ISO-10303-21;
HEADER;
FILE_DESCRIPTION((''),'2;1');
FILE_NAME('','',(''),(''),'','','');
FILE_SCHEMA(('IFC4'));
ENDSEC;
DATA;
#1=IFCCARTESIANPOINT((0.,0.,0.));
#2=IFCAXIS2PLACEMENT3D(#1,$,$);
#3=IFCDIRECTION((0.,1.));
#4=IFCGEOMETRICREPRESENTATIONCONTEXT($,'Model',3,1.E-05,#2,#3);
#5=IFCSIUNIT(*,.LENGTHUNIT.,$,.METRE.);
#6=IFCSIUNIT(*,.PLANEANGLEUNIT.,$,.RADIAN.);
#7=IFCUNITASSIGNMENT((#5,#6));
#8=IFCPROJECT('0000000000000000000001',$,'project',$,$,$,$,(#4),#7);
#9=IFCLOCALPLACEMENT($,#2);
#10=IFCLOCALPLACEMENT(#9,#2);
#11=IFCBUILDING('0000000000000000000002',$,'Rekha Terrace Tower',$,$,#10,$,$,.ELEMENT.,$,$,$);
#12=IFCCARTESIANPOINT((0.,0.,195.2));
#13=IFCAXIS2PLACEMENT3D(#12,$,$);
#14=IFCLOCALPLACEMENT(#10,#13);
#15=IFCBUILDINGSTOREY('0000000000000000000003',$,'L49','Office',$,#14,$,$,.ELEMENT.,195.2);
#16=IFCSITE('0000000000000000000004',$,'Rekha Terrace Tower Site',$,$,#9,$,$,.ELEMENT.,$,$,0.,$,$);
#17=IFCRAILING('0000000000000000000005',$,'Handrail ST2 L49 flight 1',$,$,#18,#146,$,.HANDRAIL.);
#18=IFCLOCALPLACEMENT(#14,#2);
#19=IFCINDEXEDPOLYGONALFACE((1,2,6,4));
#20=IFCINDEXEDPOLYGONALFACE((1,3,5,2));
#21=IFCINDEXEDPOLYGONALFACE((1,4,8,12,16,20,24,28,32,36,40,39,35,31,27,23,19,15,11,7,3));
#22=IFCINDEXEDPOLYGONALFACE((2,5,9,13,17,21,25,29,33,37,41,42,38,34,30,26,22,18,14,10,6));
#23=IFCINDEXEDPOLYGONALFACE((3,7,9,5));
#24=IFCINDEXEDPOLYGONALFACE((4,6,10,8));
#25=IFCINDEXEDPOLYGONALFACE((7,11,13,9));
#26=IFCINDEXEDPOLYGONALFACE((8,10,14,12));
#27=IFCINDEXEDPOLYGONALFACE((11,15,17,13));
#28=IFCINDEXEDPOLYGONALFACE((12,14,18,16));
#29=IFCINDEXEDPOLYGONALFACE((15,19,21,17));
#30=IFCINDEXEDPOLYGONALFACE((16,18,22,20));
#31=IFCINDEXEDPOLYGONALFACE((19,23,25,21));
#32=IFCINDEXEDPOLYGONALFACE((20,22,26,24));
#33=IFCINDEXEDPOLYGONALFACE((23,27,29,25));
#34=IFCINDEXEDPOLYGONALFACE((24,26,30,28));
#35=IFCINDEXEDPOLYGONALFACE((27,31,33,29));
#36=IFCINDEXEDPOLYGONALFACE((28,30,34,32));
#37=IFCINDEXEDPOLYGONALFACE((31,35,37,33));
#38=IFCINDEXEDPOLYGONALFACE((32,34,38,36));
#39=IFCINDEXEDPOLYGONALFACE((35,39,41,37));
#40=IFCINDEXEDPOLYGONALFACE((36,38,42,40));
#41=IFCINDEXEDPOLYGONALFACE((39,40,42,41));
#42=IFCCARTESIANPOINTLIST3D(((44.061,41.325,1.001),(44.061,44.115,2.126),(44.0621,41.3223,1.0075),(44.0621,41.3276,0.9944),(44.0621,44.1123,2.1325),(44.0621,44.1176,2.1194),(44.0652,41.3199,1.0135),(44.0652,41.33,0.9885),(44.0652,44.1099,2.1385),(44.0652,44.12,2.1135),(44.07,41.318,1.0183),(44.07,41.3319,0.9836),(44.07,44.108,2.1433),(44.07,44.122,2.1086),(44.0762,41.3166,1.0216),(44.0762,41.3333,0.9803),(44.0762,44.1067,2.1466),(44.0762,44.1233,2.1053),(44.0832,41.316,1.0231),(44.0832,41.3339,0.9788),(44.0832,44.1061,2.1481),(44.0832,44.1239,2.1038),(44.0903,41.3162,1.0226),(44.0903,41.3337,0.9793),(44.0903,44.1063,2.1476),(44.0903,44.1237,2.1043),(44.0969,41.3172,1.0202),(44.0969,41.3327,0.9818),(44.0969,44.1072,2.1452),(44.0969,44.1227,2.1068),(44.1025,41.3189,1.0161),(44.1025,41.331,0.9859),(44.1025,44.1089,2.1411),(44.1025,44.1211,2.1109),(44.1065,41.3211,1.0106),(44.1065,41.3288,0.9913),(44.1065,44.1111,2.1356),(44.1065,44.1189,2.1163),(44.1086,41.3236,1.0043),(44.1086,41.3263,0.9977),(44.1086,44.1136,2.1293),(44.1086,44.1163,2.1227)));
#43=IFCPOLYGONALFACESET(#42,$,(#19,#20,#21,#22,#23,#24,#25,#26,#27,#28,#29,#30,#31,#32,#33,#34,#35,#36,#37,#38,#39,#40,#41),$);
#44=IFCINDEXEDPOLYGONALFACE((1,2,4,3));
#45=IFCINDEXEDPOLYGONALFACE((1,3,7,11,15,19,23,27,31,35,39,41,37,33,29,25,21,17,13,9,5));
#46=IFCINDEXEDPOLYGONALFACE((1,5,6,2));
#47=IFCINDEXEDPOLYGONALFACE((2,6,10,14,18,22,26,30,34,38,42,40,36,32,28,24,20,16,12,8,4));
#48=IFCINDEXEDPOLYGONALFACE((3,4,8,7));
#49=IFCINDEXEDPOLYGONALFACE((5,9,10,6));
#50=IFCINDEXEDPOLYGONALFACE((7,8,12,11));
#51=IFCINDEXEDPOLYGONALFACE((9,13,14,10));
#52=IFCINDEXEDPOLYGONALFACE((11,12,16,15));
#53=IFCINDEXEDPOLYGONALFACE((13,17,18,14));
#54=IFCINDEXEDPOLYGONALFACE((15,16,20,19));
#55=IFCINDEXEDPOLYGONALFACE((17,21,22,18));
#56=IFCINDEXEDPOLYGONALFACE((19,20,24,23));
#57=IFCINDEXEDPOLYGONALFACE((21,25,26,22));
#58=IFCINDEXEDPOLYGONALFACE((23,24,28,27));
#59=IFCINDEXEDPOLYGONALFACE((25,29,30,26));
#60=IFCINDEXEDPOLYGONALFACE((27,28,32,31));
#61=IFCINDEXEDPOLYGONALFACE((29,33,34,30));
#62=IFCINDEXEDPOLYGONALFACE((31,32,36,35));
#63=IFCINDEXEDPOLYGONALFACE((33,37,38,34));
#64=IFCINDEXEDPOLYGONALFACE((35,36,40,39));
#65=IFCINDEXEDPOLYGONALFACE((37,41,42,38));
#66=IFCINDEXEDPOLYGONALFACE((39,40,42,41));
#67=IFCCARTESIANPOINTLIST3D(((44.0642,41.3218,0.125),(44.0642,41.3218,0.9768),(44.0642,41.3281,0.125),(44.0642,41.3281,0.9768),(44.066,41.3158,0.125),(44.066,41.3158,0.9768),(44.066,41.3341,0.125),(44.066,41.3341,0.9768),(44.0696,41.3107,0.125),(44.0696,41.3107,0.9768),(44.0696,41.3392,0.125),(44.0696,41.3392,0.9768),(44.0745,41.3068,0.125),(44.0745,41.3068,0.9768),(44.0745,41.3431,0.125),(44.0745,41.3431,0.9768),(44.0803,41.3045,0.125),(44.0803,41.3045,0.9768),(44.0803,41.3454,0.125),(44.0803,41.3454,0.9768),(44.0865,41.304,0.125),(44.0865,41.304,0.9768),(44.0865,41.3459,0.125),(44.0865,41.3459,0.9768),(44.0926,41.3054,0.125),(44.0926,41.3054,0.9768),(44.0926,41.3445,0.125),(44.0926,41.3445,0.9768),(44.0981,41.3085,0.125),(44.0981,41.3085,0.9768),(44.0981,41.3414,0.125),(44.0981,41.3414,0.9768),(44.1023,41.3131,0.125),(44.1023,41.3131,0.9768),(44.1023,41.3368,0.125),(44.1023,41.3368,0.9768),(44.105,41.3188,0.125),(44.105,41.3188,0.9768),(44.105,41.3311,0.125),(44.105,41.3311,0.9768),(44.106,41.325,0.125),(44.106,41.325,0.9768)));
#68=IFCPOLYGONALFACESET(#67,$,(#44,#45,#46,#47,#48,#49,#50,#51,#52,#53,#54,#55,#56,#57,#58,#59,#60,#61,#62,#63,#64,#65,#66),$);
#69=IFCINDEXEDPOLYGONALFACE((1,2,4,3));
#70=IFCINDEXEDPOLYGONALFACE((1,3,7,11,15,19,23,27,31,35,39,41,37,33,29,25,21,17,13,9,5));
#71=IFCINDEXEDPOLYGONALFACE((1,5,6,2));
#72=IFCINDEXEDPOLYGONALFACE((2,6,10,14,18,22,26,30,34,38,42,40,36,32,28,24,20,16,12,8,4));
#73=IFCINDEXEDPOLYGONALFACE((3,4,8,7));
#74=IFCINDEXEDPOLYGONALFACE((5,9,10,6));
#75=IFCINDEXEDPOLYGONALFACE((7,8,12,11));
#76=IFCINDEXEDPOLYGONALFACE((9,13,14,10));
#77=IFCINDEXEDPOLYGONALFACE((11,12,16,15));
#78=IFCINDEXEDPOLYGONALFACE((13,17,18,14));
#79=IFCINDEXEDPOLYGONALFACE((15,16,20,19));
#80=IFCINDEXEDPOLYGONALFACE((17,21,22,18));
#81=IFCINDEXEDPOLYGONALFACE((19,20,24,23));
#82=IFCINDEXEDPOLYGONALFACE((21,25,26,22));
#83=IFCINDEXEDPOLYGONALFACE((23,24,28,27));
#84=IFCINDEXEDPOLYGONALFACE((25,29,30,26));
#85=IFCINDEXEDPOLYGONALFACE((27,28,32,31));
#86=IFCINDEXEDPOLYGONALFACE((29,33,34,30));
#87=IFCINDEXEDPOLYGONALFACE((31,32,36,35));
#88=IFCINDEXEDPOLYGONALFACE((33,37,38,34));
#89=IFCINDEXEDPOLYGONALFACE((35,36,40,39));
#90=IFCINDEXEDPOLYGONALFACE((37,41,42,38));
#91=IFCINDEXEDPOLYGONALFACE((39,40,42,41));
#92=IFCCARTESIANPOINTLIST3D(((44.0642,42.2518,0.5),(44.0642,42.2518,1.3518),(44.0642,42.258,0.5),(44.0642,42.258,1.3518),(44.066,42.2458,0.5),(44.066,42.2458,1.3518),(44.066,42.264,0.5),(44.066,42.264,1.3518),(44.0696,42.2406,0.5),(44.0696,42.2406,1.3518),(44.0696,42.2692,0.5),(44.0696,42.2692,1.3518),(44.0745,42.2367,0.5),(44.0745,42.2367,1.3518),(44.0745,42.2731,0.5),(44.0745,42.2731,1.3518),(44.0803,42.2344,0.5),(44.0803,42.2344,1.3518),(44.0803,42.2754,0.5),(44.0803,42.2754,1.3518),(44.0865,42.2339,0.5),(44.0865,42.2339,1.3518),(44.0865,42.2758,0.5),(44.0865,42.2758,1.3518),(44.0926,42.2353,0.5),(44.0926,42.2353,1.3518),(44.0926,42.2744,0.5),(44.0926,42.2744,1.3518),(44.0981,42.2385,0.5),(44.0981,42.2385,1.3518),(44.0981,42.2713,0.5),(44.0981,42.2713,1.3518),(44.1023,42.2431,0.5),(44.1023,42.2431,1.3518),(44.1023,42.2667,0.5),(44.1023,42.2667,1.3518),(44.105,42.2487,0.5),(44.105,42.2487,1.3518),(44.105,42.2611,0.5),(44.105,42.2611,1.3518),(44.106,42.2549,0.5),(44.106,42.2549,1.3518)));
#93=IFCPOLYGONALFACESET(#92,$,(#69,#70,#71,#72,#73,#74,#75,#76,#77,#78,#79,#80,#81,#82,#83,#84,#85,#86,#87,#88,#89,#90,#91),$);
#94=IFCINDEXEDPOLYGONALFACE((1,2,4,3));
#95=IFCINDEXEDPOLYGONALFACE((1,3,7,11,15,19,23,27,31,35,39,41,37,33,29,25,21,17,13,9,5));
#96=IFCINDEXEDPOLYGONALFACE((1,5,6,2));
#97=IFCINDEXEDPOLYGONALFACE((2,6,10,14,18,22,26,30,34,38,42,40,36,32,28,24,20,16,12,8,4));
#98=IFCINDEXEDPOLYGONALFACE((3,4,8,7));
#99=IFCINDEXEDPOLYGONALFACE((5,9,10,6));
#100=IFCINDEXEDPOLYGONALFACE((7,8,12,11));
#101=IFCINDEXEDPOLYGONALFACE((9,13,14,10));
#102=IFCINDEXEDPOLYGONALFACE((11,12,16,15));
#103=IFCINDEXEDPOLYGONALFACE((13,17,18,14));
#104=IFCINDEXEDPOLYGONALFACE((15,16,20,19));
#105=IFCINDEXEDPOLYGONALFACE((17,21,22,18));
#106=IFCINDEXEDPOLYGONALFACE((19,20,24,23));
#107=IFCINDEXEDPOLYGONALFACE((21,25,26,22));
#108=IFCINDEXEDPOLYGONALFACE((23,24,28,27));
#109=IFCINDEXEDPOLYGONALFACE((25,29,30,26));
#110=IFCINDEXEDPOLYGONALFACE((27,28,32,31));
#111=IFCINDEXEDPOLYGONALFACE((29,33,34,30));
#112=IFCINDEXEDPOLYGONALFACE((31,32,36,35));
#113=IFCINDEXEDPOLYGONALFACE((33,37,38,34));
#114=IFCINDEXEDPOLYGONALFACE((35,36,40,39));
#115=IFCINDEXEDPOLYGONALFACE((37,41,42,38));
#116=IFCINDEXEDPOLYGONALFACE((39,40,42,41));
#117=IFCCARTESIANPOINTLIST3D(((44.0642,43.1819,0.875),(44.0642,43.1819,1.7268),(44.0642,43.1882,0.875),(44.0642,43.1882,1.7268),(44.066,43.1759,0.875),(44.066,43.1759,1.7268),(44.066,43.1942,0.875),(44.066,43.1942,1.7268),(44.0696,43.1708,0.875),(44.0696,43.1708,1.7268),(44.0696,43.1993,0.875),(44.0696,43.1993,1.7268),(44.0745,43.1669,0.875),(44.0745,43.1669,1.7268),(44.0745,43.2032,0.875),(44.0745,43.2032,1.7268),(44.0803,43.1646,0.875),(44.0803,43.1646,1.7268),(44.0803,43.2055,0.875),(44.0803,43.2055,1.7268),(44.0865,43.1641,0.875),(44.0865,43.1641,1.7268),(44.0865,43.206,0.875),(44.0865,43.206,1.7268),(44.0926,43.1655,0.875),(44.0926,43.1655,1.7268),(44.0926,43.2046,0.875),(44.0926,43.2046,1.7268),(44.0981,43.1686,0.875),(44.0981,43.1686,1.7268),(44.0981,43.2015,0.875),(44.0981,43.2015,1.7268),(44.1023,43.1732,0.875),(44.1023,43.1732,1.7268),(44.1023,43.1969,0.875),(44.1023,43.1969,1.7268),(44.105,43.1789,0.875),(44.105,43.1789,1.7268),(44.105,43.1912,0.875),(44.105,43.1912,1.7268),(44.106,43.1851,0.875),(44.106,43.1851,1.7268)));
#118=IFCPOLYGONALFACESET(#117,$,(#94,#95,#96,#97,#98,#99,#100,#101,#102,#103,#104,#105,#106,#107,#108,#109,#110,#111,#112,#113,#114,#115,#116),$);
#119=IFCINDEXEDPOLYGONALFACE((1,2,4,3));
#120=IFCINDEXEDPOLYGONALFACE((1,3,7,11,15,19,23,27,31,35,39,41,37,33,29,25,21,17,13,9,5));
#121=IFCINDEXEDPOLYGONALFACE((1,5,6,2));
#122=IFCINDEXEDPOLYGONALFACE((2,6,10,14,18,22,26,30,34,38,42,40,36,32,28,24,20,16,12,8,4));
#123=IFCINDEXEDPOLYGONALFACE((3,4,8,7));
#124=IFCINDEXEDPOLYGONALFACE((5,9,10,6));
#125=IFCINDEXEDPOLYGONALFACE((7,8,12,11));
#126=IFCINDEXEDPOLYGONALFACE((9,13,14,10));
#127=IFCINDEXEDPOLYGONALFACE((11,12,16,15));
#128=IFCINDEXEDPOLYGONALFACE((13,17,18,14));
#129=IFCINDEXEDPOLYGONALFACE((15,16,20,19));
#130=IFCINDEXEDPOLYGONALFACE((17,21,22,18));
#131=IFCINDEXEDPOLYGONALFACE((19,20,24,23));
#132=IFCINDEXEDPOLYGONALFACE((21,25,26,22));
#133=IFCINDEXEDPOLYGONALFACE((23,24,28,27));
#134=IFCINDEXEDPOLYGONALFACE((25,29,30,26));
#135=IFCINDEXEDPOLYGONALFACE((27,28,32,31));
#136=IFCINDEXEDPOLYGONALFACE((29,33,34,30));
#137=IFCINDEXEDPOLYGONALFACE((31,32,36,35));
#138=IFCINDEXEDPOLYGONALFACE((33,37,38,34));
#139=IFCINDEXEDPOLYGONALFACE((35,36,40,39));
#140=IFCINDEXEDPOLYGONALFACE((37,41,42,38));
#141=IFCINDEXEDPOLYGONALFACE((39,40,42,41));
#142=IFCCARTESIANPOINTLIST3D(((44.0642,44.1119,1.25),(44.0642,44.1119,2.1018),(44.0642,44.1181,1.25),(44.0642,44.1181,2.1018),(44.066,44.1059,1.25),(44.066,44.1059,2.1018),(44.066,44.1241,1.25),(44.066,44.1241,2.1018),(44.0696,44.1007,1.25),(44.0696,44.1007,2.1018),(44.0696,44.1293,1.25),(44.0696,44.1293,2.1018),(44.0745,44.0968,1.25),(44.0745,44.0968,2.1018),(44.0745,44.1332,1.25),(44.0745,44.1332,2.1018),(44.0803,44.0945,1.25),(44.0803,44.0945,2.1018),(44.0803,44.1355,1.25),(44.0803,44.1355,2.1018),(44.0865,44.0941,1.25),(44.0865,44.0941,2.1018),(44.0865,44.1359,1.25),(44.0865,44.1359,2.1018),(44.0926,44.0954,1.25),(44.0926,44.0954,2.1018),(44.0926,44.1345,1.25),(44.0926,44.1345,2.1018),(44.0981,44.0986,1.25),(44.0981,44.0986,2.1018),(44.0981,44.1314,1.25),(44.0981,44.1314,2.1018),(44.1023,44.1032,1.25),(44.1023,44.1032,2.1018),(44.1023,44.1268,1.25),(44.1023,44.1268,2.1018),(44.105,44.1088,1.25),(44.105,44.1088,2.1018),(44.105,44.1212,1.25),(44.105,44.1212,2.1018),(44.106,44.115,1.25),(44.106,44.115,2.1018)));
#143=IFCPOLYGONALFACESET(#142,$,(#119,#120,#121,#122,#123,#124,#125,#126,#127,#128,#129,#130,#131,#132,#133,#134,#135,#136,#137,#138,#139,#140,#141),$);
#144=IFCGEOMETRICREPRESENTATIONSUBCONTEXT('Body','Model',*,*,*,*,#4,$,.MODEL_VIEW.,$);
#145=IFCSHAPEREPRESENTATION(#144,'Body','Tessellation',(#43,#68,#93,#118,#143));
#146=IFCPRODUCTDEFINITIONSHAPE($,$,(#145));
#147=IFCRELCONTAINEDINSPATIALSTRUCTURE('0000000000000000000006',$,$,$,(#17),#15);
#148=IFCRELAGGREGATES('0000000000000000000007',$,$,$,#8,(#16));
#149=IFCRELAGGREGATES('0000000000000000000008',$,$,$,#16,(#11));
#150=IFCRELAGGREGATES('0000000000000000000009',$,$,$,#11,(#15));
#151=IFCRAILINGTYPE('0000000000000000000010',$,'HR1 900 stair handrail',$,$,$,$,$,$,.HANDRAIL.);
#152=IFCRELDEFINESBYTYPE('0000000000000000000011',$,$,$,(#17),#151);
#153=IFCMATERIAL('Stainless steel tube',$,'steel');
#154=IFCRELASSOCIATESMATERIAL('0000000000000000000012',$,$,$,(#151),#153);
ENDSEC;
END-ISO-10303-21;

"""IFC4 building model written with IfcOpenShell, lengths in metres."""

from ifc_helpers import new_model, si_unit, direction, frame, origin, origin_2d, place, context, subcontext, project, spatial, circle, extrude, material, type_object, element, save


model = new_model("IFC4")

# Units and contexts
model_context = context("Model", 3, precision=1e-05, world=origin(), true_north=direction((0.0, 1.0)))
body_context = subcontext(model_context, "Body", "Model", "MODEL_VIEW")
ifc_project = project(units=[si_unit("LENGTHUNIT", "METRE"), si_unit("PLANEANGLEUNIT", "RADIAN")], contexts=[model_context])

# Site, building, storey
site_placement = place(None, origin())
site = spatial("IfcSite", under=ifc_project, at=site_placement, Name="Rekha Terrace Tower Site", CompositionType="ELEMENT", RefElevation=0.0)
building_placement = place(site_placement, origin())
building = spatial("IfcBuilding", under=site, at=building_placement, Name="Rekha Terrace Tower", CompositionType="ELEMENT")
storey_placement = place(building_placement, frame((0.0, 0.0, 195.2)))
storey = spatial("IfcBuildingStorey", under=building, at=storey_placement, Name="L49", Description="Office", CompositionType="ELEMENT", Elevation=195.2)

# Railing
ifc_material_1 = material(Name="Stainless steel tube", Category="steel")
railing_type_1 = type_object("IfcRailingType", Name="HR1 900 stair handrail", PredefinedType="HANDRAIL", material=ifc_material_1)
railing_1_placement = place(storey_placement, frame((44.085, 41.325, 0.125)))
element("IfcRailing", 1, at=railing_1_placement, inside=storey, type_object=railing_type_1, Name="Handrail ST2 L49 flight 1", PredefinedType="HANDRAIL", context=body_context, shape_type="SweptSolid", body=[
    extrude(circle(Radius=0.0239, at=origin_2d()), frame((0.0, 0.0, 0.876), z_axis=(0.0, 0.927443, 0.373964), x_axis=(-1.0, 0.0, 0.0)), (0.0, 0.0, 1.0), 3.0083),
    extrude(circle(Radius=0.021, at=origin_2d()), origin(), (0.0, 0.0, 1.0), 0.8518),
    extrude(circle(Radius=0.021, at=origin_2d()), frame((0.0, 0.9299, 0.375)), (0.0, 0.0, 1.0), 0.8518),
    extrude(circle(Radius=0.021, at=origin_2d()), frame((0.0, 1.8601, 0.75)), (0.0, 0.0, 1.0), 0.8518),
    extrude(circle(Radius=0.021, at=origin_2d()), frame((0.0, 2.79, 1.125)), (0.0, 0.0, 1.0), 0.8518),
])

save(model, "model.ifc")
